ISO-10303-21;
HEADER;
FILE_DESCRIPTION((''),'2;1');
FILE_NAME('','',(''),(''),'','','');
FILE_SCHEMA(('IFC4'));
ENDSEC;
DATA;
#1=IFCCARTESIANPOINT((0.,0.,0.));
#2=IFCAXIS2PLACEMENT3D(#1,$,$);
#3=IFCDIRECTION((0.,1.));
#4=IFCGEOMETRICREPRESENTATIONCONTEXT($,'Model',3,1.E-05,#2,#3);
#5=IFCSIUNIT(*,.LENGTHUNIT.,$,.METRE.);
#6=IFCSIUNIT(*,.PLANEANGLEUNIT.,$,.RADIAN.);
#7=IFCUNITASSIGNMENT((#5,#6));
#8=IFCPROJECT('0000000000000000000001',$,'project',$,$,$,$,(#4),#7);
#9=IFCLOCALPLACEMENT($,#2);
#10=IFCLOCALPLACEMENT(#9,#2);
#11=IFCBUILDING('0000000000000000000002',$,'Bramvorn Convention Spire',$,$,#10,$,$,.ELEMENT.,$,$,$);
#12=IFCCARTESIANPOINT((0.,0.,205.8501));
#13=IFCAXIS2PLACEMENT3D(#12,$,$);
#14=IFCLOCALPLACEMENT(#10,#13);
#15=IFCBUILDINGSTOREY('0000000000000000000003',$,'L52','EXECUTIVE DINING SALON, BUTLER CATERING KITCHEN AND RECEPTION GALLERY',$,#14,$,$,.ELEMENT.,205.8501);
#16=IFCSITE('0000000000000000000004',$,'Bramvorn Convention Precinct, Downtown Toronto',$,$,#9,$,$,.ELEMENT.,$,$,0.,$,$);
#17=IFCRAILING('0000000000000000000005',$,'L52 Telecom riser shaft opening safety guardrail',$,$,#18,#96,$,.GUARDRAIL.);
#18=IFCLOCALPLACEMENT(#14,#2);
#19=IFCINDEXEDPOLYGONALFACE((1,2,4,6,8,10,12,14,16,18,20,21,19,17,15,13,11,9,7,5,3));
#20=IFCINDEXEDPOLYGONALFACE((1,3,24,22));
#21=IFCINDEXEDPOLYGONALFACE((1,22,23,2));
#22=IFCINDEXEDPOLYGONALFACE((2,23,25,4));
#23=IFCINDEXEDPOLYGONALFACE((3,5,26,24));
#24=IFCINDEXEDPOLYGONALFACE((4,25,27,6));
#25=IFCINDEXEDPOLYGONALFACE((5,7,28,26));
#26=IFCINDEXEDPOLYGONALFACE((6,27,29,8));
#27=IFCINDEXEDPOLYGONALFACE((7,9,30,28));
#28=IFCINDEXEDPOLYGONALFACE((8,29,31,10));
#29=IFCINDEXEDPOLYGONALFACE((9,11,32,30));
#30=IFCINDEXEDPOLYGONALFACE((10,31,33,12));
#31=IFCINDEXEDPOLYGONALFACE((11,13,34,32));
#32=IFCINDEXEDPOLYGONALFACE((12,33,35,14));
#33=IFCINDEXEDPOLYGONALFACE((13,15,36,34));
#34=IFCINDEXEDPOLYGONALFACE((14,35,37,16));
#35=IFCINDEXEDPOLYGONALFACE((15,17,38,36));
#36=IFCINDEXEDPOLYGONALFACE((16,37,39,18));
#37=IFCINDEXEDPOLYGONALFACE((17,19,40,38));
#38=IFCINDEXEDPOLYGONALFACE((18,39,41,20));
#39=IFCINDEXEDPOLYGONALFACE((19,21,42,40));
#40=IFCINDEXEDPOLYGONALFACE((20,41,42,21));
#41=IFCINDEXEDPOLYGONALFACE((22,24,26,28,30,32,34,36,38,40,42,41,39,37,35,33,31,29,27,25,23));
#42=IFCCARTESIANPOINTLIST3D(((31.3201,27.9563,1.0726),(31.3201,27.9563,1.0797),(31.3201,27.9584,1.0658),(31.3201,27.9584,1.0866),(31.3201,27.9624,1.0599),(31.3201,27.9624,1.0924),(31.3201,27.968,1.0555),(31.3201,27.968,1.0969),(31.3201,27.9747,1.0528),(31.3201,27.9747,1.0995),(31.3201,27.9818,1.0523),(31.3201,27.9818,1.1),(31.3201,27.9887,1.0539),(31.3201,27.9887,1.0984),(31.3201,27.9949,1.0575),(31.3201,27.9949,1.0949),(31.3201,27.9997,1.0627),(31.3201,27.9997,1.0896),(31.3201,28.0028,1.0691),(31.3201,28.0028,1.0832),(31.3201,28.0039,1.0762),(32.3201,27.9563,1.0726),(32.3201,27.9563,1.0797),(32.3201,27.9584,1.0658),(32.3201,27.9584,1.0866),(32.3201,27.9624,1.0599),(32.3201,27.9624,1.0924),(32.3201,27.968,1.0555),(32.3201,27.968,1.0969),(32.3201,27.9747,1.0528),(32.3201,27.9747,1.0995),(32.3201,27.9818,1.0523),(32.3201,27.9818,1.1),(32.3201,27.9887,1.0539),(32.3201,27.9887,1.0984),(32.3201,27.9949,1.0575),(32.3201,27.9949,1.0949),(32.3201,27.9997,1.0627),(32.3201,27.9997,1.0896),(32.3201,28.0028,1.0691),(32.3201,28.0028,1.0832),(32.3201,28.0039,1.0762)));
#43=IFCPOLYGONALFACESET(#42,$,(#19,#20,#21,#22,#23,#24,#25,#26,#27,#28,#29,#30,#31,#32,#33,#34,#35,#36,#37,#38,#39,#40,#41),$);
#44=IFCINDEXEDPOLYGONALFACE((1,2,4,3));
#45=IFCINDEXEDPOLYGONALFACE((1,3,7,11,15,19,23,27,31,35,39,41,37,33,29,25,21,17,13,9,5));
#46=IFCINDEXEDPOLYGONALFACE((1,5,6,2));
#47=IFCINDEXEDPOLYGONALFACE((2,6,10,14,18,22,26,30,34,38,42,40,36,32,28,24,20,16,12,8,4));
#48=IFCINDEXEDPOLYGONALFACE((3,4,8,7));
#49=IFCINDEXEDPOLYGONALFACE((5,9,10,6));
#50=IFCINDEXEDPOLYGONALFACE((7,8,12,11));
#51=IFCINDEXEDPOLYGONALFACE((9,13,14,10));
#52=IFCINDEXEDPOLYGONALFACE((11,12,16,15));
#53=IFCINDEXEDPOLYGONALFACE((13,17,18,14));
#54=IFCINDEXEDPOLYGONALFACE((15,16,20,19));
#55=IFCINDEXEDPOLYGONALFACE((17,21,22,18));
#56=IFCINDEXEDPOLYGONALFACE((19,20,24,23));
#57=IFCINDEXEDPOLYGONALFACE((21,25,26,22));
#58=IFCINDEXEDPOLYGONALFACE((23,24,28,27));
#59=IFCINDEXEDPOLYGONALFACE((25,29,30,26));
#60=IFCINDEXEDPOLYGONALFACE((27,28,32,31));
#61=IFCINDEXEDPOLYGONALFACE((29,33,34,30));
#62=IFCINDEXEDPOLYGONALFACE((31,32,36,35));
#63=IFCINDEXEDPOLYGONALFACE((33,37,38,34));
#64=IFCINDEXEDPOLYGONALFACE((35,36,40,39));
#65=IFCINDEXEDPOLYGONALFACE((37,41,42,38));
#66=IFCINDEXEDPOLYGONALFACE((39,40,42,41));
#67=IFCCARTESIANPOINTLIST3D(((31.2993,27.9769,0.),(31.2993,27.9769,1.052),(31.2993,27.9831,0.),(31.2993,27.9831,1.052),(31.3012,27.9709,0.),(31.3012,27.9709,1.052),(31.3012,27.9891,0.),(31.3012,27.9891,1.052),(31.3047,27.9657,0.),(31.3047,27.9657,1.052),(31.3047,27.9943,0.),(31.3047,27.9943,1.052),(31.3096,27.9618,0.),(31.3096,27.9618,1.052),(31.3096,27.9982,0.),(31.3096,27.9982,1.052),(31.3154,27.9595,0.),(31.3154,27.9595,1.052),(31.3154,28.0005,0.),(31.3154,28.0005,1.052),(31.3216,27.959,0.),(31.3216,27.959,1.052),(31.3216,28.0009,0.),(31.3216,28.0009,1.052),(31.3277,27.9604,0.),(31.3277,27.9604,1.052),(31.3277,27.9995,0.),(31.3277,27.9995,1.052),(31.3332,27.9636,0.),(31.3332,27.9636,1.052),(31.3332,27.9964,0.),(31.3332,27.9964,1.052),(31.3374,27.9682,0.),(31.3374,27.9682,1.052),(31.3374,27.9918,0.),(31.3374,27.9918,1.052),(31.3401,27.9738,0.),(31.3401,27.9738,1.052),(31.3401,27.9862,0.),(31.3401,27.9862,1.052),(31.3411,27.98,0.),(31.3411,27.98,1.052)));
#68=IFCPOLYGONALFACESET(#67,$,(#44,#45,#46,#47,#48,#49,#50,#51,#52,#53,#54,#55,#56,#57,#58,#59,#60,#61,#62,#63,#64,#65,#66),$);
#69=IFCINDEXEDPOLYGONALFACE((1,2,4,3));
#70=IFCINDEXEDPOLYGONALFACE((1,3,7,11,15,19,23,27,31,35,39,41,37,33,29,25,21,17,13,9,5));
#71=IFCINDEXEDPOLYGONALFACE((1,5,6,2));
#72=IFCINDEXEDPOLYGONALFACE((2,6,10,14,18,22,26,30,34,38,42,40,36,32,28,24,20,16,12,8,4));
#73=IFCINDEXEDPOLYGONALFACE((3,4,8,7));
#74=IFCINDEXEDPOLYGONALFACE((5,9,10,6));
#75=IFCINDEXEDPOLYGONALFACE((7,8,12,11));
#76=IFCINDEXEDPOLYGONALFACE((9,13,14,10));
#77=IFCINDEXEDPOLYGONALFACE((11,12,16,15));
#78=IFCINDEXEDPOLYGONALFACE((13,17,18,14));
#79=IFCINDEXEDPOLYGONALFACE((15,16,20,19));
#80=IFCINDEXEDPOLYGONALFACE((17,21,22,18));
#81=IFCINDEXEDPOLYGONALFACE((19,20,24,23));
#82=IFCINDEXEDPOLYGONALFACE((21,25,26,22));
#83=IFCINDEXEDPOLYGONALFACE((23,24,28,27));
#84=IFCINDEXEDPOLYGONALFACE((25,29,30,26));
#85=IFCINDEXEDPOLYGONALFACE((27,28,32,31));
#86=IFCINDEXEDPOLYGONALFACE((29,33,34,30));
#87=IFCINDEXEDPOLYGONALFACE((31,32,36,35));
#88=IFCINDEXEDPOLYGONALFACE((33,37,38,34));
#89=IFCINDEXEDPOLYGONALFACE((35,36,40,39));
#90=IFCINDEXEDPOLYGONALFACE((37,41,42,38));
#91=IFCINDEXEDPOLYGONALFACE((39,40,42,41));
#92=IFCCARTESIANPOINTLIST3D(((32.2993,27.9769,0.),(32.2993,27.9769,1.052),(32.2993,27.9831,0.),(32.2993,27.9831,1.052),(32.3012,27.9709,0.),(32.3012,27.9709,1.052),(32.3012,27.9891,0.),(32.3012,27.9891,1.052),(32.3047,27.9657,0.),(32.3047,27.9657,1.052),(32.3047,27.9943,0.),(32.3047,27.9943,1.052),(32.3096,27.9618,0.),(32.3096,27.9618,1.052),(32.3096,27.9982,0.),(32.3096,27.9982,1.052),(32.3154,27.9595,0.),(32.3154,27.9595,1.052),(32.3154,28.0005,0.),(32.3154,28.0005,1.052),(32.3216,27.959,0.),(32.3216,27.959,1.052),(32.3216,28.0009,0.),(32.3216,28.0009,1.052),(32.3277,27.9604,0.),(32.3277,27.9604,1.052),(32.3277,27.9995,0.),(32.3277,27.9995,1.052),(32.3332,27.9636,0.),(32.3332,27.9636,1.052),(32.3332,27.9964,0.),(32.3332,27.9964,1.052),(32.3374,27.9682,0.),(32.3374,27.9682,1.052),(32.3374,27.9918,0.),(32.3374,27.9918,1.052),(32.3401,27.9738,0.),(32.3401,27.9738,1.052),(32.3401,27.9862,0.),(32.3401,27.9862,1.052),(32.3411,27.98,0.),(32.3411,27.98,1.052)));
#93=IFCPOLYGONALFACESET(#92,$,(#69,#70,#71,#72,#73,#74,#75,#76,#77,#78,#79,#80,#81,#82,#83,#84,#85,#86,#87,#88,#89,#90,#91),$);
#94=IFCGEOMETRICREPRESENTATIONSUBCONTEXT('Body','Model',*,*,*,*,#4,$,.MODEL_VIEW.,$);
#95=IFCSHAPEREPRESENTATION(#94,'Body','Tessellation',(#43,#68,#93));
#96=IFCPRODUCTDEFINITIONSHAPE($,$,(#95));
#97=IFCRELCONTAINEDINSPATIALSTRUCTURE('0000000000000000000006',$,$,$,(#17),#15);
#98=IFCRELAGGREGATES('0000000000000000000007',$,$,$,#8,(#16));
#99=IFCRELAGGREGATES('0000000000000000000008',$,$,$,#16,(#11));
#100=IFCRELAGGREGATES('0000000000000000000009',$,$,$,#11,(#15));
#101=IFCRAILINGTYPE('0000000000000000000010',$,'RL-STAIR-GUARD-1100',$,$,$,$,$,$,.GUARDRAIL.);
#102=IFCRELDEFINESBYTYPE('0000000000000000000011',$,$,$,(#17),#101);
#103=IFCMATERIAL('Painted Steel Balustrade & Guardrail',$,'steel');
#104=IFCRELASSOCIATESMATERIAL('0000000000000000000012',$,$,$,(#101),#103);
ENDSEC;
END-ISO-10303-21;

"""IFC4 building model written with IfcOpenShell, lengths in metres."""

from ifc_helpers import new_model, si_unit, direction, frame, origin, origin_2d, place, context, subcontext, project, spatial, circle, extrude, material, type_object, element, save


model = new_model("IFC4")

# Units and contexts
model_context = context("Model", 3, precision=1e-05, world=origin(), true_north=direction((0.0, 1.0)))
body_context = subcontext(model_context, "Body", "Model", "MODEL_VIEW")
ifc_project = project(units=[si_unit("LENGTHUNIT", "METRE"), si_unit("PLANEANGLEUNIT", "RADIAN")], contexts=[model_context])

# Site, building, storey
site_placement = place(None, origin())
site = spatial("IfcSite", under=ifc_project, at=site_placement, Name="Bramvorn Convention Precinct, Downtown Toronto", CompositionType="ELEMENT", RefElevation=0.0)
building_placement = place(site_placement, origin())
building = spatial("IfcBuilding", under=site, at=building_placement, Name="Bramvorn Convention Spire", CompositionType="ELEMENT")
storey_placement = place(building_placement, frame((0.0, 0.0, 205.8501)))
storey = spatial("IfcBuildingStorey", under=building, at=storey_placement, Name="L52", Description="EXECUTIVE DINING SALON, BUTLER CATERING KITCHEN AND RECEPTION GALLERY", CompositionType="ELEMENT", Elevation=205.8501)

# Railing
ifc_material_1 = material(Name="Painted Steel Balustrade & Guardrail", Category="steel")
railing_type = type_object("IfcRailingType", Name="RL-STAIR-GUARD-1100", PredefinedType="GUARDRAIL", material=ifc_material_1)
railing_1_placement = place(storey_placement, frame((31.3201, 27.98, 0.0)))
element("IfcRailing", 1, at=railing_1_placement, inside=storey, type_object=railing_type, Name="L52 Telecom riser shaft opening safety guardrail", PredefinedType="GUARDRAIL", context=body_context, shape_type="SweptSolid", body=[
    extrude(circle(Radius=0.0239, at=origin_2d()), frame((0.0, 0.0, 1.0762), z_axis=(1.0, 0.0, 0.0), x_axis=(0.0, 1.0, 0.0)), (0.0, 0.0, 1.0), 1.0),
    extrude(circle(Radius=0.021, at=origin_2d()), origin(), (0.0, 0.0, 1.0), 1.052),
    extrude(circle(Radius=0.021, at=origin_2d()), frame((1.0, 0.0, 0.0)), (0.0, 0.0, 1.0), 1.052),
])

save(model, "model.ifc")
